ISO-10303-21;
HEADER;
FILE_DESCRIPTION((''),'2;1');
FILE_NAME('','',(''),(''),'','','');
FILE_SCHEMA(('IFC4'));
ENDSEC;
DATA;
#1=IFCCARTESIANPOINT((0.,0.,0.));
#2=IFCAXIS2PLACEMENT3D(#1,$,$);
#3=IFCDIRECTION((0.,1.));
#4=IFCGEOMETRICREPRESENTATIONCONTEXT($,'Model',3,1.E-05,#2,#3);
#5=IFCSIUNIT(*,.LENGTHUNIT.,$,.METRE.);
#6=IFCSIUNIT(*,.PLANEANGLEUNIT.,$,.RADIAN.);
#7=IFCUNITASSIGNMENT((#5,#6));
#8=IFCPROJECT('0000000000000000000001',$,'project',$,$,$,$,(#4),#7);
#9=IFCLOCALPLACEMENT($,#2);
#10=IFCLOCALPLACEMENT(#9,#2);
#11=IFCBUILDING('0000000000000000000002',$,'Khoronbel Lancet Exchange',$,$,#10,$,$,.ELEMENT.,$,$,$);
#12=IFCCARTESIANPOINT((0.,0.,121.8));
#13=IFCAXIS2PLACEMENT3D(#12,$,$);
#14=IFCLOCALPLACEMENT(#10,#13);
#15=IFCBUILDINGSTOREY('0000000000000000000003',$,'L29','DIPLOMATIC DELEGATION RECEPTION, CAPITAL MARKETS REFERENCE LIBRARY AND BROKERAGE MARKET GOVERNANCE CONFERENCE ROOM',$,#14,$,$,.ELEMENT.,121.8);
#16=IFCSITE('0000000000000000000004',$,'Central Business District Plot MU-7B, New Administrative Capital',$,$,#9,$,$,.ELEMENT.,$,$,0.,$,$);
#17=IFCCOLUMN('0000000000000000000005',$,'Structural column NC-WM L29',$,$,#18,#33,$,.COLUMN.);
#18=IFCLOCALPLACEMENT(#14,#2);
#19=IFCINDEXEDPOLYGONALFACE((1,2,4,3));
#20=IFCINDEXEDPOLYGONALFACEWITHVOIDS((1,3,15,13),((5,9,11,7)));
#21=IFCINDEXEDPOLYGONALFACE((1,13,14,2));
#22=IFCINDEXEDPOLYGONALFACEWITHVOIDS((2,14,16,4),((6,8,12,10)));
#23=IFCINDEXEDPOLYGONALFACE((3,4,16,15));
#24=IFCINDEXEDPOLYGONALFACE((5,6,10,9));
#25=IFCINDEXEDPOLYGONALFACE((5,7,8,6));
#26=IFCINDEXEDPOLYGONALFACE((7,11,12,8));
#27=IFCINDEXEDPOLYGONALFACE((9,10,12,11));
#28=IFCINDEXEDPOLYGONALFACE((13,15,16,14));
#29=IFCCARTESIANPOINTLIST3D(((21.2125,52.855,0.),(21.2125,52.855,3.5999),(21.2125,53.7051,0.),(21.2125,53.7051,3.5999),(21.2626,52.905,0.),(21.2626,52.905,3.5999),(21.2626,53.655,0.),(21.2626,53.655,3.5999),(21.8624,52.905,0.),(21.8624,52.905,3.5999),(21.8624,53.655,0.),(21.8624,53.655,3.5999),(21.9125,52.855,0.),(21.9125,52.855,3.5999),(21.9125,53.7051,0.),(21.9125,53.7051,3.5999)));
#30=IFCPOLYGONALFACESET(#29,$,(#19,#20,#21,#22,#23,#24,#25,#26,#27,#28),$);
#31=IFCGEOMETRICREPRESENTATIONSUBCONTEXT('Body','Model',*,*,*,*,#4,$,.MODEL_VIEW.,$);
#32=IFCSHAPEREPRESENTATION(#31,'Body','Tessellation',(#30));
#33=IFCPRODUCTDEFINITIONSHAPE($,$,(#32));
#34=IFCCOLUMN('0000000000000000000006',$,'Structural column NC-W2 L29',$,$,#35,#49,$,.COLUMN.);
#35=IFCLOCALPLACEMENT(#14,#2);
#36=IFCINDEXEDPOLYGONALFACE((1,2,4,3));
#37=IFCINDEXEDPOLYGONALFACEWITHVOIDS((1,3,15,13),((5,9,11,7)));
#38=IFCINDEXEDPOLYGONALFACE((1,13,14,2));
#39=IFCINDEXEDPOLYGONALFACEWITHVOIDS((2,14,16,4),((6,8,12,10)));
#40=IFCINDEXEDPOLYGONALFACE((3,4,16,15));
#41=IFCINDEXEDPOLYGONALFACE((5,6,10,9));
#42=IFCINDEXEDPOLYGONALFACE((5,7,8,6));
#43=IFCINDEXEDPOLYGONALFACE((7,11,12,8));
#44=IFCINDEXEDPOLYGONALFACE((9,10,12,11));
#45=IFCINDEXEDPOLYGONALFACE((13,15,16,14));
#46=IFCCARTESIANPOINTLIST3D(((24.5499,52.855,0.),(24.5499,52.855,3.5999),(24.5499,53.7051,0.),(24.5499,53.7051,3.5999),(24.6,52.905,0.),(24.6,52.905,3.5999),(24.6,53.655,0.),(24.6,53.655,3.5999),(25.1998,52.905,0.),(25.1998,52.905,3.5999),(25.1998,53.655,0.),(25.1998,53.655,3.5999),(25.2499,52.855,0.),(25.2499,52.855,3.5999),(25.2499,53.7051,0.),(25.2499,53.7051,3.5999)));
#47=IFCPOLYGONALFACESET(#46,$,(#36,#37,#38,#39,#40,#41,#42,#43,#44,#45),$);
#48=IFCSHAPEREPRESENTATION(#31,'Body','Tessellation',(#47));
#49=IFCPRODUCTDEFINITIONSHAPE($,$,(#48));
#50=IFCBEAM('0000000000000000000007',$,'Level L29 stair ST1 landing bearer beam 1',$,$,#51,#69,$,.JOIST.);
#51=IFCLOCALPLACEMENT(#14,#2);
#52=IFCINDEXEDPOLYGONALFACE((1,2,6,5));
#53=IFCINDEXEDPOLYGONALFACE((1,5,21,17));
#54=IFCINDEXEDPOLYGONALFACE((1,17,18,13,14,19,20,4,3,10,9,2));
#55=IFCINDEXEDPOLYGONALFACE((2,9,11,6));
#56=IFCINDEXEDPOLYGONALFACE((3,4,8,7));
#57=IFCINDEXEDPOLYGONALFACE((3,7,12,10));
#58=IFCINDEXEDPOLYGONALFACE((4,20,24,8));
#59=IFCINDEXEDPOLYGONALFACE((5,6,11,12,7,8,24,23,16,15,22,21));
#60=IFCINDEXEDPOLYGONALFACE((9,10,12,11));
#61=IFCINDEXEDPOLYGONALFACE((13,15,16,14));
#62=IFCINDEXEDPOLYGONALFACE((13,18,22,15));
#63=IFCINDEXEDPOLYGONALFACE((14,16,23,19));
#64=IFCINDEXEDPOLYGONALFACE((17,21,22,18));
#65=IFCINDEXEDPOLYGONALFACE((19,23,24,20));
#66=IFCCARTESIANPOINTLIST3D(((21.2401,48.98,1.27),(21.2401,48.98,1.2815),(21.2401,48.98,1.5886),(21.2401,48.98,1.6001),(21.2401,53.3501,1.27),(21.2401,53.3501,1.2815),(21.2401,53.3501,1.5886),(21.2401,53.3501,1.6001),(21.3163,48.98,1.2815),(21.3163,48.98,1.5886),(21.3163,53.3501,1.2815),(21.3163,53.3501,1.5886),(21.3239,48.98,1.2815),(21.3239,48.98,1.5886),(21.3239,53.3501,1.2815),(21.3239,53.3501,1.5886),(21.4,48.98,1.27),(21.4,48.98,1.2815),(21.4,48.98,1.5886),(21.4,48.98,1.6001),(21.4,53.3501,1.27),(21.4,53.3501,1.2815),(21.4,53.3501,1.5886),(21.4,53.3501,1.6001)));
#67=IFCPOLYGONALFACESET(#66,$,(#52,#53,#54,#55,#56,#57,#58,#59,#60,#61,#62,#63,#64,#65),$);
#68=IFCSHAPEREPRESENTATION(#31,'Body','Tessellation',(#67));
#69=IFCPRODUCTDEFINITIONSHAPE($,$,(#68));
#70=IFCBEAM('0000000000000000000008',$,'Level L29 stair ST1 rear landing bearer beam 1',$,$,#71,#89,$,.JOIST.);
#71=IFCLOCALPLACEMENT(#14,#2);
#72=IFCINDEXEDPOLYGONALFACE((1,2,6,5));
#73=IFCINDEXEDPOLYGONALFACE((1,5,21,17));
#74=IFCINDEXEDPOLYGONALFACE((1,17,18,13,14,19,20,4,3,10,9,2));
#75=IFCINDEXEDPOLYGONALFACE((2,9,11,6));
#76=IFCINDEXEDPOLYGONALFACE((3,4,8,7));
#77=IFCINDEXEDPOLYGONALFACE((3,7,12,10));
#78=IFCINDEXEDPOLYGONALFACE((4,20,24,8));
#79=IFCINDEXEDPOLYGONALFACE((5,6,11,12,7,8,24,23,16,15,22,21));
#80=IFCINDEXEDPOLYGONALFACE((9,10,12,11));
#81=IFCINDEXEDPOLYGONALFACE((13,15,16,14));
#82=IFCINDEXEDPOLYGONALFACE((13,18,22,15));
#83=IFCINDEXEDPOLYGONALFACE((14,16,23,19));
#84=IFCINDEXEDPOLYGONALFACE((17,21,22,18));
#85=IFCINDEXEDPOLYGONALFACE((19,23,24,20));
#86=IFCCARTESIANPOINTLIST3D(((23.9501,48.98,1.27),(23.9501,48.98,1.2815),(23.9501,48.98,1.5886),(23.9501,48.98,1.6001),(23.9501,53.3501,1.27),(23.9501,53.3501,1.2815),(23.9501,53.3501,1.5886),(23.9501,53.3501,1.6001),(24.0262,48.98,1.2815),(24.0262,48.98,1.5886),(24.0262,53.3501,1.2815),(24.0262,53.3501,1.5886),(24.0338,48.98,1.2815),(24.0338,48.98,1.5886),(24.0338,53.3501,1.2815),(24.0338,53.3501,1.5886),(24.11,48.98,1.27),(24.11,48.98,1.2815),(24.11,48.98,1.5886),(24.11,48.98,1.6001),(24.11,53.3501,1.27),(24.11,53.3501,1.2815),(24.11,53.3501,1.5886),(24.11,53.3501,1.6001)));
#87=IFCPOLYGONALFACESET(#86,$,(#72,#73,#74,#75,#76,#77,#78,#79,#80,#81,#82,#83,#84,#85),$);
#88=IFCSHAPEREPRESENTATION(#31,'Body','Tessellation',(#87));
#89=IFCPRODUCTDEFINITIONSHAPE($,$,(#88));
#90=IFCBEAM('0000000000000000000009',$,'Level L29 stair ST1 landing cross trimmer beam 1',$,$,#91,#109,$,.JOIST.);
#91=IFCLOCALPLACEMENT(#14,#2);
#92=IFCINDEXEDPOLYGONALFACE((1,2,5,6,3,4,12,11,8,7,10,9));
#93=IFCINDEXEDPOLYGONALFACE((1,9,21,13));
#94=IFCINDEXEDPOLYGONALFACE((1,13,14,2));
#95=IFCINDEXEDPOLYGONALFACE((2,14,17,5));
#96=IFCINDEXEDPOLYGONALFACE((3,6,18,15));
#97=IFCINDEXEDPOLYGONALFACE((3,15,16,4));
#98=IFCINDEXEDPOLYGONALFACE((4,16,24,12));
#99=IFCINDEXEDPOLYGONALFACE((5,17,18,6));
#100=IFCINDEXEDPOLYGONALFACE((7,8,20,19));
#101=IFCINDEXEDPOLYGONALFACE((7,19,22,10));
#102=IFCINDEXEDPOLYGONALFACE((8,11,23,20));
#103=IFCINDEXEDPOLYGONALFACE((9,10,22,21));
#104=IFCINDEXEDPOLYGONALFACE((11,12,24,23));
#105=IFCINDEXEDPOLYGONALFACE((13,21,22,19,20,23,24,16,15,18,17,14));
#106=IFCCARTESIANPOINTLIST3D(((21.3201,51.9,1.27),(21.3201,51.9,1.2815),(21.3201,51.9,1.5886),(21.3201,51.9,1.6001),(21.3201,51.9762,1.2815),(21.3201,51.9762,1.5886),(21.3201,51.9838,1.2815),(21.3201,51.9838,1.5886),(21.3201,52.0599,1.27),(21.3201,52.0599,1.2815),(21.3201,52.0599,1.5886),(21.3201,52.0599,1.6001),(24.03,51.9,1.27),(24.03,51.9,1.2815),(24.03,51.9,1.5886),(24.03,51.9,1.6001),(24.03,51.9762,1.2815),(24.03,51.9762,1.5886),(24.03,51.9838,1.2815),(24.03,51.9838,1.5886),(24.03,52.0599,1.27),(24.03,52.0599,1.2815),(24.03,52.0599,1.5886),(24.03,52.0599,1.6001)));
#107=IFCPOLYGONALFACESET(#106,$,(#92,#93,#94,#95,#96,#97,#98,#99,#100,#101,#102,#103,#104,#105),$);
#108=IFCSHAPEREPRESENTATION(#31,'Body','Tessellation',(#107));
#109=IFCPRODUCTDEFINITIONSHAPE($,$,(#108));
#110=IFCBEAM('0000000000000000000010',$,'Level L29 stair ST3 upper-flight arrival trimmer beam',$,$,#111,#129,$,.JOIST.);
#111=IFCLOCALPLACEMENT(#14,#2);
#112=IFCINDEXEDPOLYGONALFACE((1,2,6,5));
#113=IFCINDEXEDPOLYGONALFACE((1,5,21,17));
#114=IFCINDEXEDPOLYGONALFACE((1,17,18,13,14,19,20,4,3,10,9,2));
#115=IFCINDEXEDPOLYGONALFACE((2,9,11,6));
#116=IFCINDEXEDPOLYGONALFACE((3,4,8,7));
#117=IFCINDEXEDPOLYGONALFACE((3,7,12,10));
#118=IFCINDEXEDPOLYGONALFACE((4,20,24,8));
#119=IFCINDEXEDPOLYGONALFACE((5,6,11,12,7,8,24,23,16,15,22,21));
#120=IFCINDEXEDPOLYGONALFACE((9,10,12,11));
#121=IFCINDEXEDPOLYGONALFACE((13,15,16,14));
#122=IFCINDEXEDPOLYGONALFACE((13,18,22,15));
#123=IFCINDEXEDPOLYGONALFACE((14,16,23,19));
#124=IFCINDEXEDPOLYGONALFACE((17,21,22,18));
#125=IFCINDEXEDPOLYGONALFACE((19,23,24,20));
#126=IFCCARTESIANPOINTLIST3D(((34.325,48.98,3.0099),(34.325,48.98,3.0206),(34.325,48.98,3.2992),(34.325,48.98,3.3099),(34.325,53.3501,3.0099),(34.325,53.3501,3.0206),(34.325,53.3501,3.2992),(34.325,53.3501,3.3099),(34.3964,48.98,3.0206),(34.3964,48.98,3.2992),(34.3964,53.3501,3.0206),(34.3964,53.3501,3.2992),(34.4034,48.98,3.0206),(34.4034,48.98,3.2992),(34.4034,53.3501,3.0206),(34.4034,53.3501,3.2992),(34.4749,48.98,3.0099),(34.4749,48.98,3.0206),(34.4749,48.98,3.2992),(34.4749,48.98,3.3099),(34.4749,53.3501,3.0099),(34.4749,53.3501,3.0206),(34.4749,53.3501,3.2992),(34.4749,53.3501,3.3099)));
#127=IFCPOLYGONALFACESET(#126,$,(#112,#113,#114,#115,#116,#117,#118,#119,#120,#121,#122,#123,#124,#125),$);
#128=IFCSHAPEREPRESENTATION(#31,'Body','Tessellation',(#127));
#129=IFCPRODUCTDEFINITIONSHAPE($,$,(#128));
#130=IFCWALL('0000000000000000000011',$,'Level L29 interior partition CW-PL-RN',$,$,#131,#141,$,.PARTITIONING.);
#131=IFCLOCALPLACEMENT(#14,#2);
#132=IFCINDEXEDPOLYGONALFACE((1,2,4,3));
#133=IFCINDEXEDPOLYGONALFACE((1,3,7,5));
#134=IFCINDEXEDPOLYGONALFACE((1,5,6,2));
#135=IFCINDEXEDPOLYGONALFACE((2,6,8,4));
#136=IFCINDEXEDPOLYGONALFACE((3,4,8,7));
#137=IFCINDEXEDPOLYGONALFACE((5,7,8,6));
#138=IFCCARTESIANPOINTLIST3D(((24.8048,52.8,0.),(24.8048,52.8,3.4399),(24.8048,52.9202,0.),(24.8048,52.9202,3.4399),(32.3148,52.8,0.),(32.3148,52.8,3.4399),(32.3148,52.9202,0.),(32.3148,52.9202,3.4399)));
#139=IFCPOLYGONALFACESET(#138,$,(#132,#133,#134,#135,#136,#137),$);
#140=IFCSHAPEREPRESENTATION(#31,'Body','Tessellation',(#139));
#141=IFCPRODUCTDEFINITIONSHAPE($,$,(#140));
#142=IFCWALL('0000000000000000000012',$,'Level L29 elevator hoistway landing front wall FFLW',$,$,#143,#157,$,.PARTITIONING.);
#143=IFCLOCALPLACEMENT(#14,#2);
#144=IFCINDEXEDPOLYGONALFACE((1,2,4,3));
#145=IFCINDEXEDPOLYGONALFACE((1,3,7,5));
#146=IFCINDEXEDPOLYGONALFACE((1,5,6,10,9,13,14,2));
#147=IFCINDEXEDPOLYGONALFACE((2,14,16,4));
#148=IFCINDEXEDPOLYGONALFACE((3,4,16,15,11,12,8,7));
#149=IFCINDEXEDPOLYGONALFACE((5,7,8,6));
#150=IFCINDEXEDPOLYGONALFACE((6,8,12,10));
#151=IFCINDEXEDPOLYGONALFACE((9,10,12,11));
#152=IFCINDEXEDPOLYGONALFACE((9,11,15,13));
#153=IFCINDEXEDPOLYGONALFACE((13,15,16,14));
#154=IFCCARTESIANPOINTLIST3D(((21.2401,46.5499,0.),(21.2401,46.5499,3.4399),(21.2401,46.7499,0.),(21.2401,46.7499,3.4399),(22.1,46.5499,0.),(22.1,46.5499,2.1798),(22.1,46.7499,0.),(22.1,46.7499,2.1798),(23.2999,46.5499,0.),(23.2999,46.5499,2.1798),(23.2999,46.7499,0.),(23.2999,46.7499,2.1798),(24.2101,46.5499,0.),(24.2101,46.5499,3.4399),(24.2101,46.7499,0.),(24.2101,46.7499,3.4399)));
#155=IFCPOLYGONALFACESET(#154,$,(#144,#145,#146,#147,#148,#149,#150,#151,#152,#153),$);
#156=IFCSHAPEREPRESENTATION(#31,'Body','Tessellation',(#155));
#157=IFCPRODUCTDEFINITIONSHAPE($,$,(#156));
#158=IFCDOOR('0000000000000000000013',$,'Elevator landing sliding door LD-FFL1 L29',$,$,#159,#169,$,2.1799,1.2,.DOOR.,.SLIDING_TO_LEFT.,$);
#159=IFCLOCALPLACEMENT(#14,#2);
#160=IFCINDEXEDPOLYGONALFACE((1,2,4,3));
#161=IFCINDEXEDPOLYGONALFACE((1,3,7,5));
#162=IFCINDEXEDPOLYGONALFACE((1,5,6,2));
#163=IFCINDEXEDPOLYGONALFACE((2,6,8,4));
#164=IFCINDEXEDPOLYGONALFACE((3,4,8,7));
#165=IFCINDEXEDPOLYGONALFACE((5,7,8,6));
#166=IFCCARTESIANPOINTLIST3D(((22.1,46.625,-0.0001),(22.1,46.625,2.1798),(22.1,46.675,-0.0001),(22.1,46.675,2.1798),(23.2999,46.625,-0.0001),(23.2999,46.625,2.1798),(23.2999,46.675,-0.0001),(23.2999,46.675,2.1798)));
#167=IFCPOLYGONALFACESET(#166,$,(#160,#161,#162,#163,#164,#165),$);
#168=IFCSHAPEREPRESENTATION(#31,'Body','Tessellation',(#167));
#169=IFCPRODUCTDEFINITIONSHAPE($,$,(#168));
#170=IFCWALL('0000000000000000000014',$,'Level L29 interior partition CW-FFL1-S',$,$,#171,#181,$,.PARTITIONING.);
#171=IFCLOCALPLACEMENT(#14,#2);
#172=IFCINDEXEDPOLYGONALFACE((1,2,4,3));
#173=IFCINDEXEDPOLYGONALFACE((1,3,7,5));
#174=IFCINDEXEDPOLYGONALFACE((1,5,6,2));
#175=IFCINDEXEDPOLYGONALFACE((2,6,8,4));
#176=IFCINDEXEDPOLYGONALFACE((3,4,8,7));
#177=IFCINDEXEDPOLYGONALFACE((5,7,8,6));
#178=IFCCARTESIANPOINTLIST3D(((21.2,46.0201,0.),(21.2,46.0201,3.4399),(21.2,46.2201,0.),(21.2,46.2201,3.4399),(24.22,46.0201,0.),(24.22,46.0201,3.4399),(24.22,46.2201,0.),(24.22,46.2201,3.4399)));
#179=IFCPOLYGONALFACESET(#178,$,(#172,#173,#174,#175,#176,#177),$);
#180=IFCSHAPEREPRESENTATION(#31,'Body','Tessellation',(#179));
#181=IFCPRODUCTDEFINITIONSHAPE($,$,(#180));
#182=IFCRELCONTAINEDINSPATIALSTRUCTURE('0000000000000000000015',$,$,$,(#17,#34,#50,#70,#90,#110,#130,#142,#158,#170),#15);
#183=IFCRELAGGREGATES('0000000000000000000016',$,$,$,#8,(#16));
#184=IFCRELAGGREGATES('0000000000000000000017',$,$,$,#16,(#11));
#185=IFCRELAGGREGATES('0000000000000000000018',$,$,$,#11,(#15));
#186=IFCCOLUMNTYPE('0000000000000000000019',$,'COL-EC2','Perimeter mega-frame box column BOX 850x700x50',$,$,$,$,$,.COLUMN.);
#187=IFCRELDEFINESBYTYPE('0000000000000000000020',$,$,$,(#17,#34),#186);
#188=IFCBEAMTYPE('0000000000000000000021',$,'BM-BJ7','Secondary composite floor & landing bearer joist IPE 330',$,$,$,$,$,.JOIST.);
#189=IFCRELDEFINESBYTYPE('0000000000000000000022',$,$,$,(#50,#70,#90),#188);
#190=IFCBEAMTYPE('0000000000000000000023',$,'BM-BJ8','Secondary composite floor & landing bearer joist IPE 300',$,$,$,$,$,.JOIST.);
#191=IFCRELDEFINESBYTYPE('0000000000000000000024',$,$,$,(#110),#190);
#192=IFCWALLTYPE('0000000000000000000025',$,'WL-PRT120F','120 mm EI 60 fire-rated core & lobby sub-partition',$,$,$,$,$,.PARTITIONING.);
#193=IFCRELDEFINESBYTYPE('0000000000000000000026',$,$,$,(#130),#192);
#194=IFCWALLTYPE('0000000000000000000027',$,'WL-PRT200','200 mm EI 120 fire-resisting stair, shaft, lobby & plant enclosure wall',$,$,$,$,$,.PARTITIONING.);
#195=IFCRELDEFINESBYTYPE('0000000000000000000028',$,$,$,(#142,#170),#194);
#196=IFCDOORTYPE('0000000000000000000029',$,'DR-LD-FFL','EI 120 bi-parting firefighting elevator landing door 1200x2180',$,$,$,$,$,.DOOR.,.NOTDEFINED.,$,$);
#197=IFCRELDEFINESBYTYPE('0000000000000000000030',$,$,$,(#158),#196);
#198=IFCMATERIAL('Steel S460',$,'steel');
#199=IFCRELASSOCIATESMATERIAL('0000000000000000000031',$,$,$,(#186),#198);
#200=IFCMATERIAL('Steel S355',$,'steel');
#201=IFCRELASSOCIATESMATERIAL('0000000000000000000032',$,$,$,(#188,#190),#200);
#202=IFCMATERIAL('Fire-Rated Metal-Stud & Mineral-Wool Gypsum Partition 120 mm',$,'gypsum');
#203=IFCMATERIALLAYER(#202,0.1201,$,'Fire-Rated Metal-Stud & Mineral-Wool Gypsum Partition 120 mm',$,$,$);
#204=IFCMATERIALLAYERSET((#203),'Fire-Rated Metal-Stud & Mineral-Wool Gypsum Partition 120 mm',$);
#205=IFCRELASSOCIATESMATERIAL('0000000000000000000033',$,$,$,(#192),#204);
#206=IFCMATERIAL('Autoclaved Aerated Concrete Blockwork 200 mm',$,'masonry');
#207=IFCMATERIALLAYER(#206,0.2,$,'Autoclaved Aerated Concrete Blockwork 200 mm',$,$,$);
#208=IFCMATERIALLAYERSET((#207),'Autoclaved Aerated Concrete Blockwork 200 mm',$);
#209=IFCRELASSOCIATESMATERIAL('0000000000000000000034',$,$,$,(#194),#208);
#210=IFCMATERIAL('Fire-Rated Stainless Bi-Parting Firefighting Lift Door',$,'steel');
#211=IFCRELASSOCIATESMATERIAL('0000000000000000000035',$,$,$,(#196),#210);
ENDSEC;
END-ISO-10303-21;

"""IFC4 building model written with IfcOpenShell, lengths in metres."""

from ifc_helpers import new_model, si_unit, direction, frame, frame_2d, origin, origin_2d, place, context, subcontext, project, spatial, rectangle, hollow_rectangle, i_section, extrude, material, layer, layer_set, material_profile, profile_set, type_object, element, fill, save


model = new_model("IFC4")

# Units and contexts
model_context = context("Model", 3, precision=1e-05, world=origin(), true_north=direction((0.0, 1.0)))
body_context = subcontext(model_context, "Body", "Model", "MODEL_VIEW")
ifc_project = project(units=[si_unit("LENGTHUNIT", "METRE"), si_unit("PLANEANGLEUNIT", "RADIAN")], contexts=[model_context])

# Site, building, storey
site_placement = place(None, origin())
site = spatial("IfcSite", under=ifc_project, at=site_placement, Name="Central Business District Plot MU-7B, New Administrative Capital", CompositionType="ELEMENT", RefElevation=0.0)
building_placement = place(site_placement, origin())
building = spatial("IfcBuilding", under=site, at=building_placement, Name="Khoronbel Lancet Exchange", CompositionType="ELEMENT")
storey_placement = place(building_placement, frame((0.0, 0.0, 121.8)))
storey = spatial("IfcBuildingStorey", under=building, at=storey_placement, Name="L29", Description="DIPLOMATIC DELEGATION RECEPTION, CAPITAL MARKETS REFERENCE LIBRARY AND BROKERAGE MARKET GOVERNANCE CONFERENCE ROOM", CompositionType="ELEMENT", Elevation=121.8)

# Columns
ifc_material_1 = material(Name="Steel S460", Category="steel")
ifc_material_profile_1 = material_profile(ifc_material_1, hollow_rectangle(XDim=0.7, YDim=0.8501, WallThickness=0.05, at=origin_2d()), Name="BOX 850x700x50")
ifc_profile_set_1 = profile_set([ifc_material_profile_1], Name="Steel S460")
column_type = type_object("IfcColumnType", Name="COL-EC2", Description="Perimeter mega-frame box column BOX 850x700x50", PredefinedType="COLUMN", material=ifc_profile_set_1)
for number, where, z_axis, x_axis, name in (
    (1, (21.5625, 53.28, 0.0), (0.0, 0.0, 1.0), (1.0, 0.0, 0.0), "Structural column NC-WM L29"),
    (2, (24.8999, 53.28, 0.0), (0.0, 0.0, 1.0), (1.0, 0.0, 0.0), "Structural column NC-W2 L29"),
):
    element("IfcColumn", number, at=place(storey_placement, frame(where, z_axis=z_axis, x_axis=x_axis)), inside=storey, type_object=column_type, Name=name, PredefinedType="COLUMN", context=body_context, shape_type="SweptSolid", body=[
        extrude(hollow_rectangle(XDim=0.7, YDim=0.8501, WallThickness=0.05, at=origin_2d()), origin(), (0.0, 0.0, 1.0), 3.5999),
    ])

# Beams
ifc_material_2 = material(Name="Steel S355", Category="steel")
ifc_material_profile_2 = material_profile(ifc_material_2, i_section(OverallWidth=0.1599, OverallDepth=0.3301, WebThickness=0.0076, FlangeThickness=0.0115, at=origin_2d()), Name="IPE 330")
ifc_profile_set_2 = profile_set([ifc_material_profile_2], Name="Steel S355")
beam_type_1 = type_object("IfcBeamType", Name="BM-BJ7", Description="Secondary composite floor & landing bearer joist IPE 330", PredefinedType="JOIST", material=ifc_profile_set_2)
for number, where, z_axis, x_axis, name in (
    (3, (21.3201, 48.98, 1.4351), (0.0, 1.0, 0.0), (-1.0, 0.0, 0.0), "Level L29 stair ST1 landing bearer beam 1"),
    (4, (24.03, 48.98, 1.4351), (0.0, 1.0, 0.0), (-1.0, 0.0, 0.0), "Level L29 stair ST1 rear landing bearer beam 1"),
):
    element("IfcBeam", number, at=place(storey_placement, frame(where, z_axis=z_axis, x_axis=x_axis)), inside=storey, type_object=beam_type_1, Name=name, PredefinedType="JOIST", context=body_context, shape_type="SweptSolid", body=[
        extrude(i_section(OverallWidth=0.1599, OverallDepth=0.3301, WebThickness=0.0076, FlangeThickness=0.0115, at=origin_2d()), origin(), (0.0, 0.0, 1.0), 4.3701),
    ])
beam_1_placement = place(storey_placement, frame((21.3201, 51.98, 1.4351), z_axis=(1.0, 0.0, 0.0), x_axis=(0.0, 1.0, 0.0)))
element("IfcBeam", 5, at=beam_1_placement, inside=storey, type_object=beam_type_1, Name="Level L29 stair ST1 landing cross trimmer beam 1", PredefinedType="JOIST", context=body_context, shape_type="SweptSolid", body=[
    extrude(i_section(OverallWidth=0.1599, OverallDepth=0.3301, WebThickness=0.0076, FlangeThickness=0.0115, at=origin_2d()), origin(), (0.0, 0.0, 1.0), 2.71),
])
ifc_material_profile_3 = material_profile(ifc_material_2, i_section(OverallWidth=0.1499, OverallDepth=0.3, WebThickness=0.0071, FlangeThickness=0.0107, at=origin_2d()), Name="IPE 300")
ifc_profile_set_3 = profile_set([ifc_material_profile_3], Name="Steel S355")
beam_type_2 = type_object("IfcBeamType", Name="BM-BJ8", Description="Secondary composite floor & landing bearer joist IPE 300", PredefinedType="JOIST", material=ifc_profile_set_3)
beam_2_placement = place(storey_placement, frame((34.3999, 48.98, 3.1599), z_axis=(0.0, 1.0, 0.0), x_axis=(-1.0, 0.0, 0.0)))
element("IfcBeam", 6, at=beam_2_placement, inside=storey, type_object=beam_type_2, Name="Level L29 stair ST3 upper-flight arrival trimmer beam", PredefinedType="JOIST", context=body_context, shape_type="SweptSolid", body=[
    extrude(i_section(OverallWidth=0.1499, OverallDepth=0.3, WebThickness=0.0071, FlangeThickness=0.0107, at=origin_2d()), origin(), (0.0, 0.0, 1.0), 4.3701),
])

# Wall
ifc_material_3 = material(Name="Fire-Rated Metal-Stud & Mineral-Wool Gypsum Partition 120 mm", Category="gypsum")
ifc_layer_1 = layer(ifc_material_3, 0.1201, Name="Fire-Rated Metal-Stud & Mineral-Wool Gypsum Partition 120 mm")
ifc_layer_set_1 = layer_set([ifc_layer_1], Name="Fire-Rated Metal-Stud & Mineral-Wool Gypsum Partition 120 mm")
wall_type_1 = type_object("IfcWallType", Name="WL-PRT120F", Description="120 mm EI 60 fire-rated core & lobby sub-partition", PredefinedType="PARTITIONING", material=ifc_layer_set_1)
wall_1_placement = place(storey_placement, frame((24.8049, 52.8601, 0.0), z_axis=(0.0, 0.0, 1.0), x_axis=(1.0, 0.0, 0.0)))
element("IfcWall", 7, at=wall_1_placement, inside=storey, type_object=wall_type_1, Name="Level L29 interior partition CW-PL-RN", PredefinedType="PARTITIONING", context=body_context, shape_type="SweptSolid", body=[
    extrude(rectangle(XDim=7.51, YDim=0.1201, at=frame_2d((3.7549, 0.0))), origin(), (0.0, 0.0, 1.0), 3.4399),
])

# Wall, opening, door
ifc_material_4 = material(Name="Autoclaved Aerated Concrete Blockwork 200 mm", Category="masonry")
ifc_layer_2 = layer(ifc_material_4, 0.2, Name="Autoclaved Aerated Concrete Blockwork 200 mm")
ifc_layer_set_2 = layer_set([ifc_layer_2], Name="Autoclaved Aerated Concrete Blockwork 200 mm")
wall_type_2 = type_object("IfcWallType", Name="WL-PRT200", Description="200 mm EI 120 fire-resisting stair, shaft, lobby & plant enclosure wall", PredefinedType="PARTITIONING", material=ifc_layer_set_2)
wall_2_placement = place(storey_placement, frame((24.21, 46.6499, 0.0), z_axis=(0.0, 0.0, 1.0), x_axis=(-1.0, 0.0, 0.0)))
wall_2 = element("IfcWall", 8, at=wall_2_placement, inside=storey, type_object=wall_type_2, Name="Level L29 elevator hoistway landing front wall FFLW", PredefinedType="PARTITIONING", context=body_context, shape_type="SweptSolid", body=[
    extrude(rectangle(XDim=2.97, YDim=0.2, at=frame_2d((1.4849, 0.0))), origin(), (0.0, 0.0, 1.0), 3.4399),
])
opening_1_placement = place(wall_2_placement, frame((0.9099, 0.0, 0.0)))
opening_1 = element("IfcOpeningElement", 9, at=opening_1_placement, cuts=wall_2, PredefinedType="OPENING", context=body_context, shape_type="SweptSolid", body=[
    extrude(rectangle(XDim=1.2, YDim=2.1799, at=frame_2d((0.6001, 1.0898))), frame((0.0, 0.1099, 0.0), z_axis=(0.0, -1.0, 0.0), x_axis=(1.0, 0.0, 0.0)), (0.0, 0.0, 1.0), 0.22),
])
ifc_material_5 = material(Name="Fire-Rated Stainless Bi-Parting Firefighting Lift Door", Category="steel")
door_type_1 = type_object("IfcDoorType", Name="DR-LD-FFL", Description="EI 120 bi-parting firefighting elevator landing door 1200x2180", OperationType="NOTDEFINED", PredefinedType="DOOR", material=ifc_material_5)
door_1_placement = place(opening_1_placement, origin())
door_1 = element("IfcDoor", 10, at=door_1_placement, inside=storey, type_object=door_type_1, Name="Elevator landing sliding door LD-FFL1 L29", OperationType="SLIDING_TO_LEFT", OverallHeight=2.1799, OverallWidth=1.2, PredefinedType="DOOR", context=body_context, shape_type="SweptSolid", body=[
    extrude(rectangle(XDim=1.2, YDim=2.1799, at=frame_2d((0.6001, 1.0898))), frame((0.0, 0.0249, 0.0), z_axis=(0.0, -1.0, 0.0), x_axis=(1.0, 0.0, 0.0)), (0.0, 0.0, 1.0), 0.05),
])
fill(opening_1, door_1)

# Wall
wall_3_placement = place(storey_placement, frame((21.2, 46.1201, 0.0), z_axis=(0.0, 0.0, 1.0), x_axis=(1.0, 0.0, 0.0)))
element("IfcWall", 11, at=wall_3_placement, inside=storey, type_object=wall_type_2, Name="Level L29 interior partition CW-FFL1-S", PredefinedType="PARTITIONING", context=body_context, shape_type="SweptSolid", body=[
    extrude(rectangle(XDim=3.02, YDim=0.2, at=frame_2d((1.51, 0.0))), origin(), (0.0, 0.0, 1.0), 3.4399),
])

save(model, "model.ifc")
